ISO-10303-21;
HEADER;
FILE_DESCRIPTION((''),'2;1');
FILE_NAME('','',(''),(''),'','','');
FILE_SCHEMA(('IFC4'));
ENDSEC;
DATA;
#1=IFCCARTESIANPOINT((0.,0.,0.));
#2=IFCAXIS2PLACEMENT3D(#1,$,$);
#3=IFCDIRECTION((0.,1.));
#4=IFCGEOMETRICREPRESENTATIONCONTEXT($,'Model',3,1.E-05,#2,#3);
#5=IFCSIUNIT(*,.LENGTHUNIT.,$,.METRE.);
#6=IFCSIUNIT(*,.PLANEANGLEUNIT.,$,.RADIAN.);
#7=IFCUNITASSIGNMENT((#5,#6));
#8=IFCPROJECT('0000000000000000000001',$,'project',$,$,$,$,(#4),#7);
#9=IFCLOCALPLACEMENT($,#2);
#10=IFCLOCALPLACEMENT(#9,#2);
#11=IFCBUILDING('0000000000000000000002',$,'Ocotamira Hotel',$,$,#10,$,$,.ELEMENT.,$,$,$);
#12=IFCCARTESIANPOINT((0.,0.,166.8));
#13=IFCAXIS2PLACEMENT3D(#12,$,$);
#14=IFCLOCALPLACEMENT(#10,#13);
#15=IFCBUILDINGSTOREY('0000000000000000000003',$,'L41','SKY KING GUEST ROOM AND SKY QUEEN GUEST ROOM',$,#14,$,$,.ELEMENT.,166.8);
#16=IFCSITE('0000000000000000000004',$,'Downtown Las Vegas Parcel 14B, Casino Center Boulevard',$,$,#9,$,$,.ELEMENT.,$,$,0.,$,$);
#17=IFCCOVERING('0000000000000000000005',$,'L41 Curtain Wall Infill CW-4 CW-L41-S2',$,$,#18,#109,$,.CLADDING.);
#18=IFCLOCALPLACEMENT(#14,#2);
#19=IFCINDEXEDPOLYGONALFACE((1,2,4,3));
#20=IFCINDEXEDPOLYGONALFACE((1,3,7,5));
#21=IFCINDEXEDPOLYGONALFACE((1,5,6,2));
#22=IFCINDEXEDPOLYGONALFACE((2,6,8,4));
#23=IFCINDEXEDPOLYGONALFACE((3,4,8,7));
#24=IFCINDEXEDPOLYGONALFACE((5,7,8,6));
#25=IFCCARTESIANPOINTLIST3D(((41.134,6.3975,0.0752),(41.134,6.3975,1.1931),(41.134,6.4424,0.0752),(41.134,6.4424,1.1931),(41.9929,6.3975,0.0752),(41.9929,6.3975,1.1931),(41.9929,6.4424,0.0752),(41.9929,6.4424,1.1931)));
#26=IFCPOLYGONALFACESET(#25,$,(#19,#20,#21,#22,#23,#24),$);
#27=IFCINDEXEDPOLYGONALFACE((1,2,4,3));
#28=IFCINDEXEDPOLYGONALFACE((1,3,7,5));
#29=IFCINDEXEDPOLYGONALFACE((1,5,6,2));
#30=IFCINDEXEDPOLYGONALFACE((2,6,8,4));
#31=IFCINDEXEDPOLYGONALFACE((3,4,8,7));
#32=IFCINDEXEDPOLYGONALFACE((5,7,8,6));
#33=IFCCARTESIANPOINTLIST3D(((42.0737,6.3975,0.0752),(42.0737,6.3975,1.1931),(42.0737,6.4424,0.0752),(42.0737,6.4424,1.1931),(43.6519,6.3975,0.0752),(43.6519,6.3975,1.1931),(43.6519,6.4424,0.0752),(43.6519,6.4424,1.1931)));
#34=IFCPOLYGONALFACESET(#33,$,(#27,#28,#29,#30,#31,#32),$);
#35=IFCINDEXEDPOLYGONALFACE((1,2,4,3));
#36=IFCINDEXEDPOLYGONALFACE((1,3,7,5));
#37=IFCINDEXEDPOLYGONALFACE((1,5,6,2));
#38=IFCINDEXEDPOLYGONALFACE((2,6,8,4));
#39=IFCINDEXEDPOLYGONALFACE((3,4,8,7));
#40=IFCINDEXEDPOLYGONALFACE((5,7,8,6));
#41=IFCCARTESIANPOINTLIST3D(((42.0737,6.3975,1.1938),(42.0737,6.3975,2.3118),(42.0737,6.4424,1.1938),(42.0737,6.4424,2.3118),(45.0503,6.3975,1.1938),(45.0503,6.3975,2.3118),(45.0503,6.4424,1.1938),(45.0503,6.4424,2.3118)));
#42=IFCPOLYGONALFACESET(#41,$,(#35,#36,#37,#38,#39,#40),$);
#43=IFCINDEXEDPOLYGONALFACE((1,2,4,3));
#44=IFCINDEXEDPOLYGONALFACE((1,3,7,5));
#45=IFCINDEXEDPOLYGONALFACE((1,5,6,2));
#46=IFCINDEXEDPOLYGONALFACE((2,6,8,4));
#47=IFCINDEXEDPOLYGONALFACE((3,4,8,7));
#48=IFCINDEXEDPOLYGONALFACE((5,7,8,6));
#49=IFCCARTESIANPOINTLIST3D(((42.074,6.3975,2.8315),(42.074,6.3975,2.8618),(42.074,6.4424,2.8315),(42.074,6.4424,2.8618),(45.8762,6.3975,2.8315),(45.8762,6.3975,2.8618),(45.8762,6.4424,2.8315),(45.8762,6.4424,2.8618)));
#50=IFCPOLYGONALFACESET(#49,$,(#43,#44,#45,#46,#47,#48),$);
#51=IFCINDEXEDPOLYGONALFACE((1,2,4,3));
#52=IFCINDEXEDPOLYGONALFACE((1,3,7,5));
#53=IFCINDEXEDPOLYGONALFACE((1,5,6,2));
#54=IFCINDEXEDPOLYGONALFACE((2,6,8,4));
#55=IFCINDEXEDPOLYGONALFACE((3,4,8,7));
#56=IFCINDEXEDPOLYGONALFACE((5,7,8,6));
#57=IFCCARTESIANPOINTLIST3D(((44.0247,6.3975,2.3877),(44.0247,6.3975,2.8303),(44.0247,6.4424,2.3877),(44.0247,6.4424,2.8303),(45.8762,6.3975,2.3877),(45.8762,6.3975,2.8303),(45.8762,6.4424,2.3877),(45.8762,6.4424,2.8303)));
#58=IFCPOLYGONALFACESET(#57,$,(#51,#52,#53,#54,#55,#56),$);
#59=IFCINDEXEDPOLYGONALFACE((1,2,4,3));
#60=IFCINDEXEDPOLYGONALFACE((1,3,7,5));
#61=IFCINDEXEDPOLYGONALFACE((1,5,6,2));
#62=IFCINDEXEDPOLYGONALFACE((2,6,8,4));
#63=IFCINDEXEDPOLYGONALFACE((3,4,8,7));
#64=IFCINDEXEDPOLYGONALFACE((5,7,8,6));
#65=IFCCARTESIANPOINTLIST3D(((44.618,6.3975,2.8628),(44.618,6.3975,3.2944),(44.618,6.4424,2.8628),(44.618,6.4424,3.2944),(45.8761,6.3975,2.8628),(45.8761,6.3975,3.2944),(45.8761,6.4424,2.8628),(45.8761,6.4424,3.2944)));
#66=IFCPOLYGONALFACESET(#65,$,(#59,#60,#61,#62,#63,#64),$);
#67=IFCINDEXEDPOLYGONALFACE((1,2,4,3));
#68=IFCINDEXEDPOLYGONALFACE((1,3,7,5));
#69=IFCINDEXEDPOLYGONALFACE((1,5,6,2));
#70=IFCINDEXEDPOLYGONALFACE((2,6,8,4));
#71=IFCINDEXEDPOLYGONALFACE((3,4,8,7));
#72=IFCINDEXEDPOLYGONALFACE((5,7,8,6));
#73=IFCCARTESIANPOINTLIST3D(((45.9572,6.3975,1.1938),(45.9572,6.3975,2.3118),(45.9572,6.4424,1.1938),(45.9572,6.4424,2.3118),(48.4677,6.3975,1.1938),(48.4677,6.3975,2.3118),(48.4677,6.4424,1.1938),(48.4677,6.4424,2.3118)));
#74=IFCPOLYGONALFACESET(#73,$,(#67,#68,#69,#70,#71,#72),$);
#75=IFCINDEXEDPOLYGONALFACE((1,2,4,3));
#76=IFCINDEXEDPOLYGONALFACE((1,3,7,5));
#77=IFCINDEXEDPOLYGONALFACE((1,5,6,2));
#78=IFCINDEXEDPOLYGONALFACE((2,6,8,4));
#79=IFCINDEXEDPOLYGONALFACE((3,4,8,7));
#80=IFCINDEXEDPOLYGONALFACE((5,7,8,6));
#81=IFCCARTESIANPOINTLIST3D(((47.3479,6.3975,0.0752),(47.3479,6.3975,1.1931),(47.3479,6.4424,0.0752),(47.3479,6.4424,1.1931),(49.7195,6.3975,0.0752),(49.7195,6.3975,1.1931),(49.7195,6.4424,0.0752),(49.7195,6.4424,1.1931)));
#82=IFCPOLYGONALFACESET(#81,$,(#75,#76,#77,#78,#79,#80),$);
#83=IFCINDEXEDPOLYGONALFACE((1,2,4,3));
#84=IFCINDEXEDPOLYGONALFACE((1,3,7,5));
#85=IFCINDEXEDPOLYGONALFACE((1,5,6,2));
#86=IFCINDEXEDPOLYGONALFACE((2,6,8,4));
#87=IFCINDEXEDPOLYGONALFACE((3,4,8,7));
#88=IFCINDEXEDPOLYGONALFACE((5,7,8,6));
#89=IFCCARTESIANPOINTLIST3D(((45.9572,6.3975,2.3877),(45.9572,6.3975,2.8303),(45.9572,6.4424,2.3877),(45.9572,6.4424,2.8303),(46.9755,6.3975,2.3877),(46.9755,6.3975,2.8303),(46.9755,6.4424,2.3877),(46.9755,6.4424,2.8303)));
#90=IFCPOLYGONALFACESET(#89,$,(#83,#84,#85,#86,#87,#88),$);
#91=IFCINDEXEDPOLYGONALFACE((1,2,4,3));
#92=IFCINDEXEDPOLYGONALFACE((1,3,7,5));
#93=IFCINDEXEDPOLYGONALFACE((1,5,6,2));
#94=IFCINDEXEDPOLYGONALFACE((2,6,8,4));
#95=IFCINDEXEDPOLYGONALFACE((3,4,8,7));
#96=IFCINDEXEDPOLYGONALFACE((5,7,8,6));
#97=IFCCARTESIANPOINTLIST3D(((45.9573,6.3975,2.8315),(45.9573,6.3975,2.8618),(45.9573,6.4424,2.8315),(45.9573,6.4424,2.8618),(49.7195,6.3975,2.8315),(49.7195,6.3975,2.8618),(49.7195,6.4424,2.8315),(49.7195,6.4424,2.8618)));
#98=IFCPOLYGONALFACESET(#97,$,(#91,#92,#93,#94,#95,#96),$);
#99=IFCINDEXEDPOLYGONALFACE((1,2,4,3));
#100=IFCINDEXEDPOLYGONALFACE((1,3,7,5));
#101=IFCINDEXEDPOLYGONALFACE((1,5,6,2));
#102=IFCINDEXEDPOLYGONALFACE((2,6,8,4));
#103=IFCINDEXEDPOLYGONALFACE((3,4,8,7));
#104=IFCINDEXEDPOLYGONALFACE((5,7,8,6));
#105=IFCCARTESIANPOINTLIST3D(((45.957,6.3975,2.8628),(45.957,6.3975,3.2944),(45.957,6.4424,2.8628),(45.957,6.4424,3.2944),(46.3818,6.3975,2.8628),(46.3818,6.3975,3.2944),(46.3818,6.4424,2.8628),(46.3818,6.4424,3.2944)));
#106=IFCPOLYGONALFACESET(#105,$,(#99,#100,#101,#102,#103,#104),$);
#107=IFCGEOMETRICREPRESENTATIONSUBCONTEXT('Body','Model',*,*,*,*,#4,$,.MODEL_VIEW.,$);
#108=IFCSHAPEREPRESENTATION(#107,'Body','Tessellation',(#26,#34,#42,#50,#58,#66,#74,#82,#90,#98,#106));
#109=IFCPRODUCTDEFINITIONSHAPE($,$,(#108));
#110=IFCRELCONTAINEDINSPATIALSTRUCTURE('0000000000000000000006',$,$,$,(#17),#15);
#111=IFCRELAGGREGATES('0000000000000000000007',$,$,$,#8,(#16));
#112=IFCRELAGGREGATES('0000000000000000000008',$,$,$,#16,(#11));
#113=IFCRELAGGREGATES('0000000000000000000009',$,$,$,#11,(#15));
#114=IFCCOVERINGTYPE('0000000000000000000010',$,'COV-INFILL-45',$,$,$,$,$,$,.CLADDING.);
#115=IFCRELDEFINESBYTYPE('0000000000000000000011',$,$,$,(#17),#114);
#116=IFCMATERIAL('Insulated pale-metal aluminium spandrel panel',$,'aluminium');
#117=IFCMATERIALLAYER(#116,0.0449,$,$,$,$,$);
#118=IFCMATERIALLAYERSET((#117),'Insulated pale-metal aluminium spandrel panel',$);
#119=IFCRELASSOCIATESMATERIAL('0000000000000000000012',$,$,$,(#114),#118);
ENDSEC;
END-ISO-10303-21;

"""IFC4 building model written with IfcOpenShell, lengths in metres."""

from ifc_helpers import new_model, si_unit, direction, frame, origin, origin_2d, place, context, subcontext, project, spatial, rectangle, extrude, material, layer, layer_set, type_object, element, save


model = new_model("IFC4")

# Units and contexts
model_context = context("Model", 3, precision=1e-05, world=origin(), true_north=direction((0.0, 1.0)))
body_context = subcontext(model_context, "Body", "Model", "MODEL_VIEW")
ifc_project = project(units=[si_unit("LENGTHUNIT", "METRE"), si_unit("PLANEANGLEUNIT", "RADIAN")], contexts=[model_context])

# Site, building, storey
site_placement = place(None, origin())
site = spatial("IfcSite", under=ifc_project, at=site_placement, Name="Downtown Las Vegas Parcel 14B, Casino Center Boulevard", CompositionType="ELEMENT", RefElevation=0.0)
building_placement = place(site_placement, origin())
building = spatial("IfcBuilding", under=site, at=building_placement, Name="Ocotamira Hotel", CompositionType="ELEMENT")
storey_placement = place(building_placement, frame((0.0, 0.0, 166.8)))
storey = spatial("IfcBuildingStorey", under=building, at=storey_placement, Name="L41", Description="SKY KING GUEST ROOM AND SKY QUEEN GUEST ROOM", CompositionType="ELEMENT", Elevation=166.8)

# Covering
ifc_material_1 = material(Name="Insulated pale-metal aluminium spandrel panel", Category="aluminium")
ifc_layer_1 = layer(ifc_material_1, 0.0449)
ifc_layer_set_1 = layer_set([ifc_layer_1], Name="Insulated pale-metal aluminium spandrel panel")
covering_type_1 = type_object("IfcCoveringType", Name="COV-INFILL-45", PredefinedType="CLADDING", material=ifc_layer_set_1)
covering_1_placement = place(storey_placement, origin())
element("IfcCovering", 1, at=covering_1_placement, inside=storey, type_object=covering_type_1, Name="L41 Curtain Wall Infill CW-4 CW-L41-S2", PredefinedType="CLADDING", context=body_context, shape_type="SweptSolid", body=[
    extrude(rectangle(XDim=0.8589, YDim=0.0449, at=origin_2d()), frame((41.5635, 6.4199, 0.0752), z_axis=(0.0, 0.0, 1.0), x_axis=(1.0, 0.0, 0.0)), (0.0, 0.0, 1.0), 1.1179),
    extrude(rectangle(XDim=1.5781, YDim=0.0449, at=origin_2d()), frame((42.8628, 6.4199, 0.0752), z_axis=(0.0, 0.0, 1.0), x_axis=(1.0, 0.0, 0.0)), (0.0, 0.0, 1.0), 1.1179),
    extrude(rectangle(XDim=2.9766, YDim=0.0449, at=origin_2d()), frame((43.562, 6.4199, 1.1938), z_axis=(0.0, 0.0, 1.0), x_axis=(1.0, 0.0, 0.0)), (0.0, 0.0, 1.0), 1.1179),
    extrude(rectangle(XDim=3.8022, YDim=0.0449, at=origin_2d()), frame((43.9751, 6.4199, 2.8315), z_axis=(0.0, 0.0, 1.0), x_axis=(1.0, 0.0, 0.0)), (0.0, 0.0, 1.0), 0.0303),
    extrude(rectangle(XDim=1.8516, YDim=0.0449, at=origin_2d()), frame((44.9504, 6.4199, 2.3877), z_axis=(0.0, 0.0, 1.0), x_axis=(1.0, 0.0, 0.0)), (0.0, 0.0, 1.0), 0.4426),
    extrude(rectangle(XDim=1.2581, YDim=0.0449, at=origin_2d()), frame((45.2471, 6.4199, 2.8628), z_axis=(0.0, 0.0, 1.0), x_axis=(1.0, 0.0, 0.0)), (0.0, 0.0, 1.0), 0.4316),
    extrude(rectangle(XDim=2.5105, YDim=0.0449, at=origin_2d()), frame((47.2124, 6.4199, 1.1938), z_axis=(0.0, 0.0, 1.0), x_axis=(1.0, 0.0, 0.0)), (0.0, 0.0, 1.0), 1.1179),
    extrude(rectangle(XDim=2.3716, YDim=0.0449, at=origin_2d()), frame((48.5337, 6.4199, 0.0752), z_axis=(0.0, 0.0, 1.0), x_axis=(1.0, 0.0, 0.0)), (0.0, 0.0, 1.0), 1.1179),
    extrude(rectangle(XDim=1.0183, YDim=0.0449, at=origin_2d()), frame((46.4663, 6.4199, 2.3877), z_axis=(0.0, 0.0, 1.0), x_axis=(1.0, 0.0, 0.0)), (0.0, 0.0, 1.0), 0.4426),
    extrude(rectangle(XDim=3.7622, YDim=0.0449, at=origin_2d()), frame((47.8384, 6.4199, 2.8315), z_axis=(0.0, 0.0, 1.0), x_axis=(1.0, 0.0, 0.0)), (0.0, 0.0, 1.0), 0.0303),
    extrude(rectangle(XDim=0.4248, YDim=0.0449, at=origin_2d()), frame((46.1694, 6.4199, 2.8628), z_axis=(0.0, 0.0, 1.0), x_axis=(1.0, 0.0, 0.0)), (0.0, 0.0, 1.0), 0.4316),
])

save(model, "model.ifc")
